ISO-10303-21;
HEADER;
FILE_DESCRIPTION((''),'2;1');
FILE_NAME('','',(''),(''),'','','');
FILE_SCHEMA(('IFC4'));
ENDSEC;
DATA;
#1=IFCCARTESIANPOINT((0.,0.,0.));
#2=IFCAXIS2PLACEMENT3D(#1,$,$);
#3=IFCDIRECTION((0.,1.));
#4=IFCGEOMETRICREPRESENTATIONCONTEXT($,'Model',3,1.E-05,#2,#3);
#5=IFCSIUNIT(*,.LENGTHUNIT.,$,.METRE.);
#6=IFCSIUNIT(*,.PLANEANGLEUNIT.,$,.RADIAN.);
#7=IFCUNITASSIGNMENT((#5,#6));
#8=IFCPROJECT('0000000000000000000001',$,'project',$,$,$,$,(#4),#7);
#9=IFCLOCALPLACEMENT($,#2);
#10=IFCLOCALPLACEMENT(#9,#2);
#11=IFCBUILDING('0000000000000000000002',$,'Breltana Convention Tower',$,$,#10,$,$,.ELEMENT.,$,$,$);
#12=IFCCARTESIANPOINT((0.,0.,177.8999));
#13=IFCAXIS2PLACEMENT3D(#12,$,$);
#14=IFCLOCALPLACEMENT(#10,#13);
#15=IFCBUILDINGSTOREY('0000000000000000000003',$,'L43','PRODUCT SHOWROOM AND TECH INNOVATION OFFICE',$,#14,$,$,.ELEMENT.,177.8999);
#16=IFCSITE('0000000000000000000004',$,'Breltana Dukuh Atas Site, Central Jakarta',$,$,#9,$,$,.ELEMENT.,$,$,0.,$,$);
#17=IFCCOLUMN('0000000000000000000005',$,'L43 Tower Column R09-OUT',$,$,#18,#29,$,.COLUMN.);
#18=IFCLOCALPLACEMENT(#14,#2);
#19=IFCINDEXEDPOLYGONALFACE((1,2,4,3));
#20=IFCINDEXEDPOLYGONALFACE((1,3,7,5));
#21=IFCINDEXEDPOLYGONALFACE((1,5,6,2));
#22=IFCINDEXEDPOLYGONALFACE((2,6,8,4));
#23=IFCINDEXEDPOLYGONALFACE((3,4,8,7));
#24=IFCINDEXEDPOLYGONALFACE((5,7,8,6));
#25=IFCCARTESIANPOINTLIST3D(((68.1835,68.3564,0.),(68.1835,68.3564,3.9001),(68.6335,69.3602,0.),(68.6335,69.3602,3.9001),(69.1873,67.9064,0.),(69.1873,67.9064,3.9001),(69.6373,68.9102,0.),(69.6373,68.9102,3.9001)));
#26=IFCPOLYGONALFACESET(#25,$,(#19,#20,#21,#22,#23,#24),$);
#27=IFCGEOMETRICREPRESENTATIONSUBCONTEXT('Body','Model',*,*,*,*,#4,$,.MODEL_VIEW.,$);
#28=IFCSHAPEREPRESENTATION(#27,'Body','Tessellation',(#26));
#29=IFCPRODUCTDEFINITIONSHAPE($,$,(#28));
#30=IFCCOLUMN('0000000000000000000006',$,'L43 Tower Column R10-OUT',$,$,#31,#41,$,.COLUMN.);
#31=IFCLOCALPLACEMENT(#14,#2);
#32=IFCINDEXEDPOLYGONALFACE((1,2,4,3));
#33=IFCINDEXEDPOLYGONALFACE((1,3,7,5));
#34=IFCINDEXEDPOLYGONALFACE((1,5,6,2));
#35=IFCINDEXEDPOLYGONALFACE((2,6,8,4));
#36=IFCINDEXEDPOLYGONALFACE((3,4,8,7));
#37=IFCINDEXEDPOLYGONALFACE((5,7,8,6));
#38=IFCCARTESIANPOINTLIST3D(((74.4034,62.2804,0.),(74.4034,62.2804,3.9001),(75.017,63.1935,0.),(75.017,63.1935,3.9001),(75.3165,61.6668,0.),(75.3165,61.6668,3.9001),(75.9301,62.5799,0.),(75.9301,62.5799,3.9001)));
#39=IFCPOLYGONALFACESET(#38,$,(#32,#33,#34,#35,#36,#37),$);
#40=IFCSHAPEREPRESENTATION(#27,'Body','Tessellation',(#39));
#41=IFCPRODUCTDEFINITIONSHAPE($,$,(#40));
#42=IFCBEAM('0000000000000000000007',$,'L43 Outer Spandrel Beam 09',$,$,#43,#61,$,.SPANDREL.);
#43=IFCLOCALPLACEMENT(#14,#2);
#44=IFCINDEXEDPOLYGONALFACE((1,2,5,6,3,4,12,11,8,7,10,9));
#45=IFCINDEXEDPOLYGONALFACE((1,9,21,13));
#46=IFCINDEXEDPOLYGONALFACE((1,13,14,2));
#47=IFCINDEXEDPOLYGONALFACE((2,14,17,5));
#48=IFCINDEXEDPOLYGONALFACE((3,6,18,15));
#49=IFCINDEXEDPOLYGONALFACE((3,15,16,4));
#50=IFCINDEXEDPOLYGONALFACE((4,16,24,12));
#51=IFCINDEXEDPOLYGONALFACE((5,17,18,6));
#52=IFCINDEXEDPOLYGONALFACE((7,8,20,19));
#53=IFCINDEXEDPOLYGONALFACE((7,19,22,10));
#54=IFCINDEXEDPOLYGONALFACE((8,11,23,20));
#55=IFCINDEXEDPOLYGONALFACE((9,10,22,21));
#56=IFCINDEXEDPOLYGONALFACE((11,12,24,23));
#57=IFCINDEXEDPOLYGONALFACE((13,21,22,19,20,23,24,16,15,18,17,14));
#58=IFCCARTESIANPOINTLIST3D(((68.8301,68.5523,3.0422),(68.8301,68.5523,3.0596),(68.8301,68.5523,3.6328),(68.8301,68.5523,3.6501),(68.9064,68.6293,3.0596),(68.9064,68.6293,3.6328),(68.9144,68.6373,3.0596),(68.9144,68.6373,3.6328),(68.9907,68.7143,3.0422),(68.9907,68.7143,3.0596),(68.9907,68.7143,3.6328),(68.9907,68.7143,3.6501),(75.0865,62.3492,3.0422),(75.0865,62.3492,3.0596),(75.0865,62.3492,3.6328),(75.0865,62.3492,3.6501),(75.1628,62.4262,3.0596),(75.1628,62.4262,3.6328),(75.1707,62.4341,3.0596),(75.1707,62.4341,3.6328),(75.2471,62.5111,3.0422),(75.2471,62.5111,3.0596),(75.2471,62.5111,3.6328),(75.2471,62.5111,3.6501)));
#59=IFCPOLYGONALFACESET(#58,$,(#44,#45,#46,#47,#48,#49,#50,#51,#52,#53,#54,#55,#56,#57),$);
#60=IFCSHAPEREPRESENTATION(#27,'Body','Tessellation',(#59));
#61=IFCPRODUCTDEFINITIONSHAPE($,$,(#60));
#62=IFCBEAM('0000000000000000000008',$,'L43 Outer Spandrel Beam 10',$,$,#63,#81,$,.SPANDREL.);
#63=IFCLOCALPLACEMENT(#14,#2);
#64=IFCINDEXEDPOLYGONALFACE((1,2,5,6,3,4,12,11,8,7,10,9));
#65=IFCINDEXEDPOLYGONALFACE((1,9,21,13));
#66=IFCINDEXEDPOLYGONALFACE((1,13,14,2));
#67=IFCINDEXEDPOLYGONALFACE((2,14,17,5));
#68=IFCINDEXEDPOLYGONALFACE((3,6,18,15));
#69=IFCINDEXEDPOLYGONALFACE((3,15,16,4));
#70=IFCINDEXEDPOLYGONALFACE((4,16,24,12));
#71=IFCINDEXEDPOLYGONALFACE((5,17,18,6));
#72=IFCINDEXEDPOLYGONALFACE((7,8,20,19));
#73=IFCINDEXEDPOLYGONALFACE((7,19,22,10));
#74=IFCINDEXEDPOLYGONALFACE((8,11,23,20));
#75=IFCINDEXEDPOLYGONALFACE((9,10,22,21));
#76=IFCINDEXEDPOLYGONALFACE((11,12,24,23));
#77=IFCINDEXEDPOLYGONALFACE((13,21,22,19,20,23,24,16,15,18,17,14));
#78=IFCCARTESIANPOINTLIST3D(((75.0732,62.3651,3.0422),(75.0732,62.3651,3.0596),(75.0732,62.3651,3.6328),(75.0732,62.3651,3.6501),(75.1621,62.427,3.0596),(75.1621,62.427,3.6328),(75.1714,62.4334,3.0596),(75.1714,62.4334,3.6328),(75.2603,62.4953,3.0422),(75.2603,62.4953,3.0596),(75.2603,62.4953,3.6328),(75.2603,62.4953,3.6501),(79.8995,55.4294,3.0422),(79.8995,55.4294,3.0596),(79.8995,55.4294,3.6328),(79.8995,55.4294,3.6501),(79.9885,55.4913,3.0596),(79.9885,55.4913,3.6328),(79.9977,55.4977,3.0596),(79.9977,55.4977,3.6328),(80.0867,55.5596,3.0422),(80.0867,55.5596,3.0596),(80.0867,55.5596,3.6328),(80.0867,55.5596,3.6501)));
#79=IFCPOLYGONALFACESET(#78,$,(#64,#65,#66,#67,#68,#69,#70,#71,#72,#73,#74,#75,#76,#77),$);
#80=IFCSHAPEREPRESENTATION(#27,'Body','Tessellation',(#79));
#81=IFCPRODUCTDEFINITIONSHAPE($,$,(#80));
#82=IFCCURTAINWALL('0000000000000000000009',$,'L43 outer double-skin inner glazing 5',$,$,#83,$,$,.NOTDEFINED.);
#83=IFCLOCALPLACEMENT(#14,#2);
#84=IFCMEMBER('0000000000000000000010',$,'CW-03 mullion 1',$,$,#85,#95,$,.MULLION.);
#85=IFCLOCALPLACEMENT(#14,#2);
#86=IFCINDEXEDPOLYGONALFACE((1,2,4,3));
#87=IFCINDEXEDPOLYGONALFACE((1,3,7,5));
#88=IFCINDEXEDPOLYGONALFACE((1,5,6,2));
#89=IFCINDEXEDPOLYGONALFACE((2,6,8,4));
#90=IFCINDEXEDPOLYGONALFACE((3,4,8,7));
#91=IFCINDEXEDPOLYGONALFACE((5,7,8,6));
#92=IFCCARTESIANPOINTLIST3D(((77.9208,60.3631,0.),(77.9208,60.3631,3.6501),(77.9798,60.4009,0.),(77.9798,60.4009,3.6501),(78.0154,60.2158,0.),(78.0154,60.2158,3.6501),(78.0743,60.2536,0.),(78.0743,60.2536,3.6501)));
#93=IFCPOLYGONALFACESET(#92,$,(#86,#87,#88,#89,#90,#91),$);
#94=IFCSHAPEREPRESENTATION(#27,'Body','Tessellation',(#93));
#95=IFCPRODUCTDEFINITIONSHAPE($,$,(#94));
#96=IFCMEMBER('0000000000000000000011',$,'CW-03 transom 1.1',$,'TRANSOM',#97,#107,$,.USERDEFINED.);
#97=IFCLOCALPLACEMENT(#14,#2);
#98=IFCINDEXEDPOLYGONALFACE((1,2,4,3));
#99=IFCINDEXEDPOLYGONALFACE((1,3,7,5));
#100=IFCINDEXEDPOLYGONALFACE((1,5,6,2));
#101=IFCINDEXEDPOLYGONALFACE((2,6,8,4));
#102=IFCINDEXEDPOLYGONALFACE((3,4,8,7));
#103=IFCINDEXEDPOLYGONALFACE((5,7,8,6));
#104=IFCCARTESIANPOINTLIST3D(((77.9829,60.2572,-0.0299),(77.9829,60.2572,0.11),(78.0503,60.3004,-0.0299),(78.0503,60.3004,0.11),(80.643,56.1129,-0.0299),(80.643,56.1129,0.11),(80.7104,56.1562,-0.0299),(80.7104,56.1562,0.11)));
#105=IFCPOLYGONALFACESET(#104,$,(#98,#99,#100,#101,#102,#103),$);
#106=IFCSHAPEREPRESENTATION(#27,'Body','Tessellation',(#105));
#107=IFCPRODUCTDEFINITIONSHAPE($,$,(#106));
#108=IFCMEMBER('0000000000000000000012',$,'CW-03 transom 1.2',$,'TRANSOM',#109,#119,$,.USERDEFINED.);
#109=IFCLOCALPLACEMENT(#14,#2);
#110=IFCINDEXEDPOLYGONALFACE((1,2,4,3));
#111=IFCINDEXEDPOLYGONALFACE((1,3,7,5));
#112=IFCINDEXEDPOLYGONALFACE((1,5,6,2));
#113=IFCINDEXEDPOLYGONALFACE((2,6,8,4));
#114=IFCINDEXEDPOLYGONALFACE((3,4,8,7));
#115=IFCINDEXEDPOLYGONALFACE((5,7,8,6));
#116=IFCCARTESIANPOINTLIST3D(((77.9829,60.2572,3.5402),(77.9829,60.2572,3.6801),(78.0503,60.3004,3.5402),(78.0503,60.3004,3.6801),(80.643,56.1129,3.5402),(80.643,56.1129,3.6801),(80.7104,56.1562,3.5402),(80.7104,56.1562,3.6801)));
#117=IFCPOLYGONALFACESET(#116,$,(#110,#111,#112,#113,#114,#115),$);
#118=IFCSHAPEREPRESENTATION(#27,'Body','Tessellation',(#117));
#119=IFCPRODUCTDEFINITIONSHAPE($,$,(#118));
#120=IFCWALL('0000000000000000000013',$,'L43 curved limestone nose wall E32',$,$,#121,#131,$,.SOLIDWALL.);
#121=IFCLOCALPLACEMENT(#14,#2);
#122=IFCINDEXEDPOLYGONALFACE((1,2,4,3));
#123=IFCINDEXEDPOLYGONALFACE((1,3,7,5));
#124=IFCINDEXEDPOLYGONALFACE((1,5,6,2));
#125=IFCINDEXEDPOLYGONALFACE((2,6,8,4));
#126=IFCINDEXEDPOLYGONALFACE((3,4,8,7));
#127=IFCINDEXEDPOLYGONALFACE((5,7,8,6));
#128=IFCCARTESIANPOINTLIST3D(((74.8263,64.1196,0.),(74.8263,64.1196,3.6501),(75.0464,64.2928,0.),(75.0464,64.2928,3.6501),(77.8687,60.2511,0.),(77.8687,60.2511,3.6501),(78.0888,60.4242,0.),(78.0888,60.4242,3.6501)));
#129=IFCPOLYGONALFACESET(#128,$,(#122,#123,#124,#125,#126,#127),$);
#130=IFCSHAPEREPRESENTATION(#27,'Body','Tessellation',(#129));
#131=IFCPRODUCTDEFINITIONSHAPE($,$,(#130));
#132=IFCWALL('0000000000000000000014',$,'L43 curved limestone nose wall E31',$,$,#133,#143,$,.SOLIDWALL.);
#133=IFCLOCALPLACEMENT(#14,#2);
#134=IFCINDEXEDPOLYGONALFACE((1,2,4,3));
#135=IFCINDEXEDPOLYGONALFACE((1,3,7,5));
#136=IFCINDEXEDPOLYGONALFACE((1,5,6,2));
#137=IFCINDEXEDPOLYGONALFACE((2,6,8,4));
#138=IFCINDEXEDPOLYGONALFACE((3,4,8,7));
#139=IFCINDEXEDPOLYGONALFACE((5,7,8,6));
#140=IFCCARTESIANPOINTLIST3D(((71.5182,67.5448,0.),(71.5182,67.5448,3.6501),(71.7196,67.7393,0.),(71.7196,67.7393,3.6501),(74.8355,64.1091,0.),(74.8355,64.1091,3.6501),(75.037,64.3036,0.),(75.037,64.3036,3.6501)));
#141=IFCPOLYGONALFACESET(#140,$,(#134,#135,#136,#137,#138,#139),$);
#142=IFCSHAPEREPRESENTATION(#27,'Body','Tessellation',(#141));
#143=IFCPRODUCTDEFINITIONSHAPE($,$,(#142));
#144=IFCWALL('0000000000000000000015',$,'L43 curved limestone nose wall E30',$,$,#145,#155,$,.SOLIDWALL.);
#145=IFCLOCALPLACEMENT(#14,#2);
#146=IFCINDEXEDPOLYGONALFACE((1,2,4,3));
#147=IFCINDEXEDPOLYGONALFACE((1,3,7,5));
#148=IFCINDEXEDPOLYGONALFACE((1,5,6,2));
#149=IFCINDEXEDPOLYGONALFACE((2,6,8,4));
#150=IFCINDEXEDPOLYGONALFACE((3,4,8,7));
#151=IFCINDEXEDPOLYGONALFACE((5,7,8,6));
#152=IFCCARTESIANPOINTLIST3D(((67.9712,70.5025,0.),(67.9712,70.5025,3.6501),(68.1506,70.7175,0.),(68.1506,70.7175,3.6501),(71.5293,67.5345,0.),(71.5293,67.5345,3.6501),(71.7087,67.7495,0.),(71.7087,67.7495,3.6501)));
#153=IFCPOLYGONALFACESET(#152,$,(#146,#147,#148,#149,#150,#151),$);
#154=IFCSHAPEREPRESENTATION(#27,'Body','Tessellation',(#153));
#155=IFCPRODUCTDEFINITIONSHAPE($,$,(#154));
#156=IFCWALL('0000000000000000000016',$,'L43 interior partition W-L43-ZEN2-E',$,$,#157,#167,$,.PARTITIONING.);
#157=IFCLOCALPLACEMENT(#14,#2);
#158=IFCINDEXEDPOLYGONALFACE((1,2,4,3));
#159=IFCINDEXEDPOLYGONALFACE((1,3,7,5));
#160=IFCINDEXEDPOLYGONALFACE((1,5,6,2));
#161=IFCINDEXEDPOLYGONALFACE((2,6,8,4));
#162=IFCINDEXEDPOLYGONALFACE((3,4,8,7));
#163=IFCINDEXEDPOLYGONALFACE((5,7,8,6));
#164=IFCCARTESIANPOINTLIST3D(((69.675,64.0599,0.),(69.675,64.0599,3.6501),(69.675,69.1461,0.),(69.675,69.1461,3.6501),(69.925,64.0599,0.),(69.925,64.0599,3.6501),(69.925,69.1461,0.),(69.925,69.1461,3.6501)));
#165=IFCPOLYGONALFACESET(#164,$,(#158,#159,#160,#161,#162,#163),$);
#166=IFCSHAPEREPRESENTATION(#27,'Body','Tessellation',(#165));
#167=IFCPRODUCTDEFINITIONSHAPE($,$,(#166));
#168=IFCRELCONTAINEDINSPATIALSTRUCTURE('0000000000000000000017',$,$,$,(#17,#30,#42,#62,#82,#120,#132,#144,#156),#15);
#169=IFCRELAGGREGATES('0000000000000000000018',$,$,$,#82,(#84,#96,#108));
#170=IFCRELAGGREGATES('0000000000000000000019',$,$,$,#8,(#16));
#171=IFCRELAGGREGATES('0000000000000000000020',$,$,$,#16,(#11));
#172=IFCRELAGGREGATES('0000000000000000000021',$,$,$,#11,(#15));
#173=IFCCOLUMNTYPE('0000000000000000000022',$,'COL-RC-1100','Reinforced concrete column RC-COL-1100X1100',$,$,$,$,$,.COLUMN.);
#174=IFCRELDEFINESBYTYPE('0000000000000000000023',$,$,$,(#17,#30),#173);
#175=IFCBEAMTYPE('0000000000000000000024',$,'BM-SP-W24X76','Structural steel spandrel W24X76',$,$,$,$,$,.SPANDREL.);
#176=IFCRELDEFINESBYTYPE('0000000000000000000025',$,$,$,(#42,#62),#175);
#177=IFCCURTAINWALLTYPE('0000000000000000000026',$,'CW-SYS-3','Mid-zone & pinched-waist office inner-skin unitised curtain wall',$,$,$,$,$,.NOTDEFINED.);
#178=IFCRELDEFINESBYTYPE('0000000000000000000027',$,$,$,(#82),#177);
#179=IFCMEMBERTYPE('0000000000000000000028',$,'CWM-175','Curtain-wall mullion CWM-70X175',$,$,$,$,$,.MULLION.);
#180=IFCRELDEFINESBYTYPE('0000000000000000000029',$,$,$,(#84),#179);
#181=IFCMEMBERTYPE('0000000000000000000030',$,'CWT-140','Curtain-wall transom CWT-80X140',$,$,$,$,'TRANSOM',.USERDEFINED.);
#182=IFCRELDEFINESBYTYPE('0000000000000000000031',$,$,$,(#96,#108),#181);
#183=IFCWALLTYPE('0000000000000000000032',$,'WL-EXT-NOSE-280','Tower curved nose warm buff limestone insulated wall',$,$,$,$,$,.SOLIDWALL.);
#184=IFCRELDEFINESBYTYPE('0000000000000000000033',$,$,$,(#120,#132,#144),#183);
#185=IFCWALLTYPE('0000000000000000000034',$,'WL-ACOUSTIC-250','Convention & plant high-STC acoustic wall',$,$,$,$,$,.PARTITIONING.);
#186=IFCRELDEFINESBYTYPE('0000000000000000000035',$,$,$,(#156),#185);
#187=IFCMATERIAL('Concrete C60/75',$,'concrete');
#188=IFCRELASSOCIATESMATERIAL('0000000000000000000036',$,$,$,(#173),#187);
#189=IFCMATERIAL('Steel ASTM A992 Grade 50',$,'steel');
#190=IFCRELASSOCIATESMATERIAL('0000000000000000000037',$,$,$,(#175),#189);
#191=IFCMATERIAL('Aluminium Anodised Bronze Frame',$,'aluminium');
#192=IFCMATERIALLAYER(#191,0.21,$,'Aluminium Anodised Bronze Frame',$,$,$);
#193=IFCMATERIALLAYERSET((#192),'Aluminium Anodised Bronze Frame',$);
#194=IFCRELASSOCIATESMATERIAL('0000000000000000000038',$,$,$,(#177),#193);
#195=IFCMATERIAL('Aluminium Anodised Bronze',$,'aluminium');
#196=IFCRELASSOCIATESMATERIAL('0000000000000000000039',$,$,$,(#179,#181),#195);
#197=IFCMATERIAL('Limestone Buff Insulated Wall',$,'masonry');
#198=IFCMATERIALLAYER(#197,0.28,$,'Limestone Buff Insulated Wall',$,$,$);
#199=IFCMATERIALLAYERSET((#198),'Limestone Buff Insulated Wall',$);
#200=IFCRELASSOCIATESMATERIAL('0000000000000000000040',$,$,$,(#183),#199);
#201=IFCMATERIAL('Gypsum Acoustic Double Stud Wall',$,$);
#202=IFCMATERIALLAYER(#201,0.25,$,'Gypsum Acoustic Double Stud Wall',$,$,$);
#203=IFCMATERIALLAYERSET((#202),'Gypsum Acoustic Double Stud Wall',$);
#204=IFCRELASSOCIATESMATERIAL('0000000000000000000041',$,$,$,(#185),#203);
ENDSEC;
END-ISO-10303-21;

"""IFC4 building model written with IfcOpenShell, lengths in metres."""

from ifc_helpers import new_model, si_unit, direction, frame, frame_2d, origin, origin_2d, place, context, subcontext, project, spatial, rectangle, i_section, extrude, source, transform, mapped, material, layer, layer_set, material_profile, profile_set, type_object, element, aggregate, save


model = new_model("IFC4")

# Units and contexts
model_context = context("Model", 3, precision=1e-05, world=origin(), true_north=direction((0.0, 1.0)))
body_context = subcontext(model_context, "Body", "Model", "MODEL_VIEW")
ifc_project = project(units=[si_unit("LENGTHUNIT", "METRE"), si_unit("PLANEANGLEUNIT", "RADIAN")], contexts=[model_context])

# Site, building, storey
site_placement = place(None, origin())
site = spatial("IfcSite", under=ifc_project, at=site_placement, Name="Breltana Dukuh Atas Site, Central Jakarta", CompositionType="ELEMENT", RefElevation=0.0)
building_placement = place(site_placement, origin())
building = spatial("IfcBuilding", under=site, at=building_placement, Name="Breltana Convention Tower", CompositionType="ELEMENT")
storey_placement = place(building_placement, frame((0.0, 0.0, 177.8999)))
storey = spatial("IfcBuildingStorey", under=building, at=storey_placement, Name="L43", Description="PRODUCT SHOWROOM AND TECH INNOVATION OFFICE", CompositionType="ELEMENT", Elevation=177.8999)

# Columns
ifc_material_1 = material(Name="Concrete C60/75", Category="concrete")
ifc_material_profile_1 = material_profile(ifc_material_1, rectangle(XDim=1.1001, YDim=1.1001, at=origin_2d()), Name="RC-COL-1100X1100")
ifc_profile_set_1 = profile_set([ifc_material_profile_1], Name="Concrete C60/75")
column_type = type_object("IfcColumnType", Name="COL-RC-1100", Description="Reinforced concrete column RC-COL-1100X1100", PredefinedType="COLUMN", material=ifc_profile_set_1)
shared_shape_1 = source(origin(), body_context, "Body", "SweptSolid", [
    extrude(rectangle(XDim=1.1001, YDim=1.1001, at=origin_2d()), origin(), (0.0, 0.0, 1.0), 3.9001),
])
for number, where, z_axis, x_axis, name in (
    (1, (68.9104, 68.6333, 0.0), (0.0, 0.0, 1.0), (0.409127, 0.912477, 0.0), "L43 Tower Column R09-OUT"),
    (2, (75.1667, 62.4302, 0.0), (0.0, 0.0, 1.0), (0.557745, 0.830012, 0.0), "L43 Tower Column R10-OUT"),
):
    element("IfcColumn", number, at=place(storey_placement, frame(where, z_axis=z_axis, x_axis=x_axis)), inside=storey, type_object=column_type, Name=name, PredefinedType="COLUMN", context=body_context, shape_type="MappedRepresentation", body=[
        mapped(shared_shape_1, transform((0.0, 0.0, 0.0), scale=1.0)),
    ])

# Beams
ifc_material_2 = material(Name="Steel ASTM A992 Grade 50", Category="steel")
ifc_material_profile_2 = material_profile(ifc_material_2, i_section(OverallWidth=0.228, OverallDepth=0.6079, WebThickness=0.0112, FlangeThickness=0.0173, at=origin_2d()), Name="W24X76")
ifc_profile_set_2 = profile_set([ifc_material_profile_2], Name="Steel ASTM A992 Grade 50")
beam_type = type_object("IfcBeamType", Name="BM-SP-W24X76", Description="Structural steel spandrel W24X76", PredefinedType="SPANDREL", material=ifc_profile_set_2)
shared_shape_2 = source(origin(), body_context, "Body", "SweptSolid", [
    extrude(i_section(OverallWidth=0.228, OverallDepth=0.6079, WebThickness=0.0112, FlangeThickness=0.0173, at=origin_2d()), origin(), (0.0, 0.0, 1.0), 8.8103),
])
beam_1_placement = place(storey_placement, frame((68.9104, 68.6333, 3.3462), z_axis=(0.710121, -0.70408, 0.0), x_axis=(0.70408, 0.710121, 0.0)))
element("IfcBeam", 3, at=beam_1_placement, inside=storey, type_object=beam_type, Name="L43 Outer Spandrel Beam 09", PredefinedType="SPANDREL", context=body_context, shape_type="MappedRepresentation", body=[
    mapped(shared_shape_2, transform((0.0, 0.0, 0.0), scale=1.0)),
])
shared_shape_3 = source(origin(), body_context, "Body", "SweptSolid", [
    extrude(i_section(OverallWidth=0.228, OverallDepth=0.6079, WebThickness=0.0112, FlangeThickness=0.0173, at=origin_2d()), origin(), (0.0, 0.0, 1.0), 8.4497),
])
beam_2_placement = place(storey_placement, frame((75.1667, 62.4302, 3.3462), z_axis=(0.571186, -0.820821, 0.0), x_axis=(0.820821, 0.571186, 0.0)))
element("IfcBeam", 4, at=beam_2_placement, inside=storey, type_object=beam_type, Name="L43 Outer Spandrel Beam 10", PredefinedType="SPANDREL", context=body_context, shape_type="MappedRepresentation", body=[
    mapped(shared_shape_3, transform((0.0, 0.0, 0.0), scale=1.0)),
])

# Curtain wall, members
ifc_material_3 = material(Name="Aluminium Anodised Bronze Frame", Category="aluminium")
ifc_layer_1 = layer(ifc_material_3, 0.21, Name="Aluminium Anodised Bronze Frame")
ifc_layer_set_1 = layer_set([ifc_layer_1], Name="Aluminium Anodised Bronze Frame")
curtain_wall_type = type_object("IfcCurtainWallType", Name="CW-SYS-3", Description="Mid-zone & pinched-waist office inner-skin unitised curtain wall", PredefinedType="NOTDEFINED", material=ifc_layer_set_1)
curtain_wall_placement = place(storey_placement, origin())
curtain_wall = element("IfcCurtainWall", 5, at=curtain_wall_placement, inside=storey, type_object=curtain_wall_type, Name="L43 outer double-skin inner glazing 5", PredefinedType="NOTDEFINED")
ifc_material_4 = material(Name="Aluminium Anodised Bronze", Category="aluminium")
ifc_material_profile_3 = material_profile(ifc_material_4, rectangle(XDim=0.0701, YDim=0.175, at=origin_2d()), Name="CWM-70X175")
ifc_profile_set_3 = profile_set([ifc_material_profile_3], Name="Aluminium Anodised Bronze")
member_type_1 = type_object("IfcMemberType", Name="CWM-175", Description="Curtain-wall mullion CWM-70X175", PredefinedType="MULLION", material=ifc_profile_set_3)
shared_shape_4 = source(origin(), body_context, "Body", "SweptSolid", [
    extrude(rectangle(XDim=0.0701, YDim=0.175, at=origin_2d()), origin(), (0.0, 0.0, 1.0), 3.6501),
])
member_1_placement = place(storey_placement, frame((77.9976, 60.3083, 0.0), z_axis=(0.0, 0.0, 1.0), x_axis=(0.841554, 0.540173, 0.0)))
member_1 = element("IfcMember", 6, at=member_1_placement, type_object=member_type_1, Name="CW-03 mullion 1", PredefinedType="MULLION", context=body_context, shape_type="MappedRepresentation", body=[
    mapped(shared_shape_4, transform((0.0, 0.0, 0.0), scale=1.0)),
])
ifc_material_profile_4 = material_profile(ifc_material_4, rectangle(XDim=0.0801, YDim=0.1399, at=origin_2d()), Name="CWT-80X140")
ifc_profile_set_4 = profile_set([ifc_material_profile_4], Name="Aluminium Anodised Bronze")
member_type_2 = type_object("IfcMemberType", Name="CWT-140", Description="Curtain-wall transom CWT-80X140", ElementType="TRANSOM", PredefinedType="USERDEFINED", material=ifc_profile_set_4)
shared_shape_5 = source(origin(), body_context, "Body", "SweptSolid", [
    extrude(rectangle(XDim=0.0801, YDim=0.1399, at=origin_2d()), origin(), (0.0, 0.0, 1.0), 4.9246),
])
member_2_placement = place(storey_placement, frame((78.0166, 60.2788, 0.04), z_axis=(0.540179, -0.84155, 0.0), x_axis=(0.84155, 0.540179, 0.0)))
member_2 = element("IfcMember", 7, at=member_2_placement, type_object=member_type_2, Name="CW-03 transom 1.1", ObjectType="TRANSOM", PredefinedType="USERDEFINED", context=body_context, shape_type="MappedRepresentation", body=[
    mapped(shared_shape_5, transform((0.0, 0.0, 0.0), scale=1.0)),
])
member_3_placement = place(storey_placement, frame((78.0166, 60.2788, 3.6101), z_axis=(0.540179, -0.84155, 0.0), x_axis=(0.84155, 0.540179, 0.0)))
member_3 = element("IfcMember", 8, at=member_3_placement, type_object=member_type_2, Name="CW-03 transom 1.2", ObjectType="TRANSOM", PredefinedType="USERDEFINED", context=body_context, shape_type="MappedRepresentation", body=[
    mapped(shared_shape_5, transform((0.0, 0.0, 0.0), scale=1.0)),
])
aggregate(curtain_wall, [member_1, member_2, member_3])

# Walls
ifc_material_5 = material(Name="Limestone Buff Insulated Wall", Category="masonry")
ifc_layer_2 = layer(ifc_material_5, 0.28, Name="Limestone Buff Insulated Wall")
ifc_layer_set_2 = layer_set([ifc_layer_2], Name="Limestone Buff Insulated Wall")
wall_type_1 = type_object("IfcWallType", Name="WL-EXT-NOSE-280", Description="Tower curved nose warm buff limestone insulated wall", PredefinedType="SOLIDWALL", material=ifc_layer_set_2)
shared_shape_6 = source(origin(), body_context, "Body", "SweptSolid", [
    extrude(rectangle(XDim=4.9216, YDim=0.28, at=frame_2d((2.4609, 0.0))), origin(), (0.0, 0.0, 1.0), 3.6501),
])
wall_1_placement = place(storey_placement, frame((74.9363, 64.2063, 0.0), z_axis=(0.0, 0.0, 1.0), x_axis=(0.618176, -0.786039, 0.0)))
element("IfcWall", 9, at=wall_1_placement, inside=storey, type_object=wall_type_1, Name="L43 curved limestone nose wall E32", PredefinedType="SOLIDWALL", context=body_context, shape_type="MappedRepresentation", body=[
    mapped(shared_shape_6, transform((0.0, 0.0, 0.0), scale=1.0)),
])
shared_shape_7 = source(origin(), body_context, "Body", "SweptSolid", [
    extrude(rectangle(XDim=4.7759, YDim=0.28, at=frame_2d((2.3879, 0.0))), origin(), (0.0, 0.0, 1.0), 3.6501),
])
wall_2_placement = place(storey_placement, frame((71.6189, 67.6421, 0.0), z_axis=(0.0, 0.0, 1.0), x_axis=(0.694602, -0.719394, 0.0)))
element("IfcWall", 10, at=wall_2_placement, inside=storey, type_object=wall_type_1, Name="L43 curved limestone nose wall E31", PredefinedType="SOLIDWALL", context=body_context, shape_type="MappedRepresentation", body=[
    mapped(shared_shape_7, transform((0.0, 0.0, 0.0), scale=1.0)),
])
shared_shape_8 = source(origin(), body_context, "Body", "SweptSolid", [
    extrude(rectangle(XDim=4.6335, YDim=0.28, at=frame_2d((2.3169, 0.0))), origin(), (0.0, 0.0, 1.0), 3.6501),
])
wall_3_placement = place(storey_placement, frame((68.0608, 70.6101, 0.0), z_axis=(0.0, 0.0, 1.0), x_axis=(0.76791, -0.640557, 0.0)))
element("IfcWall", 11, at=wall_3_placement, inside=storey, type_object=wall_type_1, Name="L43 curved limestone nose wall E30", PredefinedType="SOLIDWALL", context=body_context, shape_type="MappedRepresentation", body=[
    mapped(shared_shape_8, transform((0.0, 0.0, 0.0), scale=1.0)),
])
ifc_material_6 = material(Name="Gypsum Acoustic Double Stud Wall")
ifc_layer_3 = layer(ifc_material_6, 0.25, Name="Gypsum Acoustic Double Stud Wall")
ifc_layer_set_3 = layer_set([ifc_layer_3], Name="Gypsum Acoustic Double Stud Wall")
wall_type_2 = type_object("IfcWallType", Name="WL-ACOUSTIC-250", Description="Convention & plant high-STC acoustic wall", PredefinedType="PARTITIONING", material=ifc_layer_set_3)
shared_shape_9 = source(origin(), body_context, "Body", "SweptSolid", [
    extrude(rectangle(XDim=5.0862, YDim=0.25, at=frame_2d((2.543, 0.0))), origin(), (0.0, 0.0, 1.0), 3.6501),
])
wall_4_placement = place(storey_placement, frame((69.8, 64.0601, 0.0), z_axis=(0.0, 0.0, 1.0), x_axis=(0.0, 1.0, 0.0)))
element("IfcWall", 12, at=wall_4_placement, inside=storey, type_object=wall_type_2, Name="L43 interior partition W-L43-ZEN2-E", PredefinedType="PARTITIONING", context=body_context, shape_type="MappedRepresentation", body=[
    mapped(shared_shape_9, transform((0.0, 0.0, 0.0), scale=1.0)),
])

save(model, "model.ifc")
